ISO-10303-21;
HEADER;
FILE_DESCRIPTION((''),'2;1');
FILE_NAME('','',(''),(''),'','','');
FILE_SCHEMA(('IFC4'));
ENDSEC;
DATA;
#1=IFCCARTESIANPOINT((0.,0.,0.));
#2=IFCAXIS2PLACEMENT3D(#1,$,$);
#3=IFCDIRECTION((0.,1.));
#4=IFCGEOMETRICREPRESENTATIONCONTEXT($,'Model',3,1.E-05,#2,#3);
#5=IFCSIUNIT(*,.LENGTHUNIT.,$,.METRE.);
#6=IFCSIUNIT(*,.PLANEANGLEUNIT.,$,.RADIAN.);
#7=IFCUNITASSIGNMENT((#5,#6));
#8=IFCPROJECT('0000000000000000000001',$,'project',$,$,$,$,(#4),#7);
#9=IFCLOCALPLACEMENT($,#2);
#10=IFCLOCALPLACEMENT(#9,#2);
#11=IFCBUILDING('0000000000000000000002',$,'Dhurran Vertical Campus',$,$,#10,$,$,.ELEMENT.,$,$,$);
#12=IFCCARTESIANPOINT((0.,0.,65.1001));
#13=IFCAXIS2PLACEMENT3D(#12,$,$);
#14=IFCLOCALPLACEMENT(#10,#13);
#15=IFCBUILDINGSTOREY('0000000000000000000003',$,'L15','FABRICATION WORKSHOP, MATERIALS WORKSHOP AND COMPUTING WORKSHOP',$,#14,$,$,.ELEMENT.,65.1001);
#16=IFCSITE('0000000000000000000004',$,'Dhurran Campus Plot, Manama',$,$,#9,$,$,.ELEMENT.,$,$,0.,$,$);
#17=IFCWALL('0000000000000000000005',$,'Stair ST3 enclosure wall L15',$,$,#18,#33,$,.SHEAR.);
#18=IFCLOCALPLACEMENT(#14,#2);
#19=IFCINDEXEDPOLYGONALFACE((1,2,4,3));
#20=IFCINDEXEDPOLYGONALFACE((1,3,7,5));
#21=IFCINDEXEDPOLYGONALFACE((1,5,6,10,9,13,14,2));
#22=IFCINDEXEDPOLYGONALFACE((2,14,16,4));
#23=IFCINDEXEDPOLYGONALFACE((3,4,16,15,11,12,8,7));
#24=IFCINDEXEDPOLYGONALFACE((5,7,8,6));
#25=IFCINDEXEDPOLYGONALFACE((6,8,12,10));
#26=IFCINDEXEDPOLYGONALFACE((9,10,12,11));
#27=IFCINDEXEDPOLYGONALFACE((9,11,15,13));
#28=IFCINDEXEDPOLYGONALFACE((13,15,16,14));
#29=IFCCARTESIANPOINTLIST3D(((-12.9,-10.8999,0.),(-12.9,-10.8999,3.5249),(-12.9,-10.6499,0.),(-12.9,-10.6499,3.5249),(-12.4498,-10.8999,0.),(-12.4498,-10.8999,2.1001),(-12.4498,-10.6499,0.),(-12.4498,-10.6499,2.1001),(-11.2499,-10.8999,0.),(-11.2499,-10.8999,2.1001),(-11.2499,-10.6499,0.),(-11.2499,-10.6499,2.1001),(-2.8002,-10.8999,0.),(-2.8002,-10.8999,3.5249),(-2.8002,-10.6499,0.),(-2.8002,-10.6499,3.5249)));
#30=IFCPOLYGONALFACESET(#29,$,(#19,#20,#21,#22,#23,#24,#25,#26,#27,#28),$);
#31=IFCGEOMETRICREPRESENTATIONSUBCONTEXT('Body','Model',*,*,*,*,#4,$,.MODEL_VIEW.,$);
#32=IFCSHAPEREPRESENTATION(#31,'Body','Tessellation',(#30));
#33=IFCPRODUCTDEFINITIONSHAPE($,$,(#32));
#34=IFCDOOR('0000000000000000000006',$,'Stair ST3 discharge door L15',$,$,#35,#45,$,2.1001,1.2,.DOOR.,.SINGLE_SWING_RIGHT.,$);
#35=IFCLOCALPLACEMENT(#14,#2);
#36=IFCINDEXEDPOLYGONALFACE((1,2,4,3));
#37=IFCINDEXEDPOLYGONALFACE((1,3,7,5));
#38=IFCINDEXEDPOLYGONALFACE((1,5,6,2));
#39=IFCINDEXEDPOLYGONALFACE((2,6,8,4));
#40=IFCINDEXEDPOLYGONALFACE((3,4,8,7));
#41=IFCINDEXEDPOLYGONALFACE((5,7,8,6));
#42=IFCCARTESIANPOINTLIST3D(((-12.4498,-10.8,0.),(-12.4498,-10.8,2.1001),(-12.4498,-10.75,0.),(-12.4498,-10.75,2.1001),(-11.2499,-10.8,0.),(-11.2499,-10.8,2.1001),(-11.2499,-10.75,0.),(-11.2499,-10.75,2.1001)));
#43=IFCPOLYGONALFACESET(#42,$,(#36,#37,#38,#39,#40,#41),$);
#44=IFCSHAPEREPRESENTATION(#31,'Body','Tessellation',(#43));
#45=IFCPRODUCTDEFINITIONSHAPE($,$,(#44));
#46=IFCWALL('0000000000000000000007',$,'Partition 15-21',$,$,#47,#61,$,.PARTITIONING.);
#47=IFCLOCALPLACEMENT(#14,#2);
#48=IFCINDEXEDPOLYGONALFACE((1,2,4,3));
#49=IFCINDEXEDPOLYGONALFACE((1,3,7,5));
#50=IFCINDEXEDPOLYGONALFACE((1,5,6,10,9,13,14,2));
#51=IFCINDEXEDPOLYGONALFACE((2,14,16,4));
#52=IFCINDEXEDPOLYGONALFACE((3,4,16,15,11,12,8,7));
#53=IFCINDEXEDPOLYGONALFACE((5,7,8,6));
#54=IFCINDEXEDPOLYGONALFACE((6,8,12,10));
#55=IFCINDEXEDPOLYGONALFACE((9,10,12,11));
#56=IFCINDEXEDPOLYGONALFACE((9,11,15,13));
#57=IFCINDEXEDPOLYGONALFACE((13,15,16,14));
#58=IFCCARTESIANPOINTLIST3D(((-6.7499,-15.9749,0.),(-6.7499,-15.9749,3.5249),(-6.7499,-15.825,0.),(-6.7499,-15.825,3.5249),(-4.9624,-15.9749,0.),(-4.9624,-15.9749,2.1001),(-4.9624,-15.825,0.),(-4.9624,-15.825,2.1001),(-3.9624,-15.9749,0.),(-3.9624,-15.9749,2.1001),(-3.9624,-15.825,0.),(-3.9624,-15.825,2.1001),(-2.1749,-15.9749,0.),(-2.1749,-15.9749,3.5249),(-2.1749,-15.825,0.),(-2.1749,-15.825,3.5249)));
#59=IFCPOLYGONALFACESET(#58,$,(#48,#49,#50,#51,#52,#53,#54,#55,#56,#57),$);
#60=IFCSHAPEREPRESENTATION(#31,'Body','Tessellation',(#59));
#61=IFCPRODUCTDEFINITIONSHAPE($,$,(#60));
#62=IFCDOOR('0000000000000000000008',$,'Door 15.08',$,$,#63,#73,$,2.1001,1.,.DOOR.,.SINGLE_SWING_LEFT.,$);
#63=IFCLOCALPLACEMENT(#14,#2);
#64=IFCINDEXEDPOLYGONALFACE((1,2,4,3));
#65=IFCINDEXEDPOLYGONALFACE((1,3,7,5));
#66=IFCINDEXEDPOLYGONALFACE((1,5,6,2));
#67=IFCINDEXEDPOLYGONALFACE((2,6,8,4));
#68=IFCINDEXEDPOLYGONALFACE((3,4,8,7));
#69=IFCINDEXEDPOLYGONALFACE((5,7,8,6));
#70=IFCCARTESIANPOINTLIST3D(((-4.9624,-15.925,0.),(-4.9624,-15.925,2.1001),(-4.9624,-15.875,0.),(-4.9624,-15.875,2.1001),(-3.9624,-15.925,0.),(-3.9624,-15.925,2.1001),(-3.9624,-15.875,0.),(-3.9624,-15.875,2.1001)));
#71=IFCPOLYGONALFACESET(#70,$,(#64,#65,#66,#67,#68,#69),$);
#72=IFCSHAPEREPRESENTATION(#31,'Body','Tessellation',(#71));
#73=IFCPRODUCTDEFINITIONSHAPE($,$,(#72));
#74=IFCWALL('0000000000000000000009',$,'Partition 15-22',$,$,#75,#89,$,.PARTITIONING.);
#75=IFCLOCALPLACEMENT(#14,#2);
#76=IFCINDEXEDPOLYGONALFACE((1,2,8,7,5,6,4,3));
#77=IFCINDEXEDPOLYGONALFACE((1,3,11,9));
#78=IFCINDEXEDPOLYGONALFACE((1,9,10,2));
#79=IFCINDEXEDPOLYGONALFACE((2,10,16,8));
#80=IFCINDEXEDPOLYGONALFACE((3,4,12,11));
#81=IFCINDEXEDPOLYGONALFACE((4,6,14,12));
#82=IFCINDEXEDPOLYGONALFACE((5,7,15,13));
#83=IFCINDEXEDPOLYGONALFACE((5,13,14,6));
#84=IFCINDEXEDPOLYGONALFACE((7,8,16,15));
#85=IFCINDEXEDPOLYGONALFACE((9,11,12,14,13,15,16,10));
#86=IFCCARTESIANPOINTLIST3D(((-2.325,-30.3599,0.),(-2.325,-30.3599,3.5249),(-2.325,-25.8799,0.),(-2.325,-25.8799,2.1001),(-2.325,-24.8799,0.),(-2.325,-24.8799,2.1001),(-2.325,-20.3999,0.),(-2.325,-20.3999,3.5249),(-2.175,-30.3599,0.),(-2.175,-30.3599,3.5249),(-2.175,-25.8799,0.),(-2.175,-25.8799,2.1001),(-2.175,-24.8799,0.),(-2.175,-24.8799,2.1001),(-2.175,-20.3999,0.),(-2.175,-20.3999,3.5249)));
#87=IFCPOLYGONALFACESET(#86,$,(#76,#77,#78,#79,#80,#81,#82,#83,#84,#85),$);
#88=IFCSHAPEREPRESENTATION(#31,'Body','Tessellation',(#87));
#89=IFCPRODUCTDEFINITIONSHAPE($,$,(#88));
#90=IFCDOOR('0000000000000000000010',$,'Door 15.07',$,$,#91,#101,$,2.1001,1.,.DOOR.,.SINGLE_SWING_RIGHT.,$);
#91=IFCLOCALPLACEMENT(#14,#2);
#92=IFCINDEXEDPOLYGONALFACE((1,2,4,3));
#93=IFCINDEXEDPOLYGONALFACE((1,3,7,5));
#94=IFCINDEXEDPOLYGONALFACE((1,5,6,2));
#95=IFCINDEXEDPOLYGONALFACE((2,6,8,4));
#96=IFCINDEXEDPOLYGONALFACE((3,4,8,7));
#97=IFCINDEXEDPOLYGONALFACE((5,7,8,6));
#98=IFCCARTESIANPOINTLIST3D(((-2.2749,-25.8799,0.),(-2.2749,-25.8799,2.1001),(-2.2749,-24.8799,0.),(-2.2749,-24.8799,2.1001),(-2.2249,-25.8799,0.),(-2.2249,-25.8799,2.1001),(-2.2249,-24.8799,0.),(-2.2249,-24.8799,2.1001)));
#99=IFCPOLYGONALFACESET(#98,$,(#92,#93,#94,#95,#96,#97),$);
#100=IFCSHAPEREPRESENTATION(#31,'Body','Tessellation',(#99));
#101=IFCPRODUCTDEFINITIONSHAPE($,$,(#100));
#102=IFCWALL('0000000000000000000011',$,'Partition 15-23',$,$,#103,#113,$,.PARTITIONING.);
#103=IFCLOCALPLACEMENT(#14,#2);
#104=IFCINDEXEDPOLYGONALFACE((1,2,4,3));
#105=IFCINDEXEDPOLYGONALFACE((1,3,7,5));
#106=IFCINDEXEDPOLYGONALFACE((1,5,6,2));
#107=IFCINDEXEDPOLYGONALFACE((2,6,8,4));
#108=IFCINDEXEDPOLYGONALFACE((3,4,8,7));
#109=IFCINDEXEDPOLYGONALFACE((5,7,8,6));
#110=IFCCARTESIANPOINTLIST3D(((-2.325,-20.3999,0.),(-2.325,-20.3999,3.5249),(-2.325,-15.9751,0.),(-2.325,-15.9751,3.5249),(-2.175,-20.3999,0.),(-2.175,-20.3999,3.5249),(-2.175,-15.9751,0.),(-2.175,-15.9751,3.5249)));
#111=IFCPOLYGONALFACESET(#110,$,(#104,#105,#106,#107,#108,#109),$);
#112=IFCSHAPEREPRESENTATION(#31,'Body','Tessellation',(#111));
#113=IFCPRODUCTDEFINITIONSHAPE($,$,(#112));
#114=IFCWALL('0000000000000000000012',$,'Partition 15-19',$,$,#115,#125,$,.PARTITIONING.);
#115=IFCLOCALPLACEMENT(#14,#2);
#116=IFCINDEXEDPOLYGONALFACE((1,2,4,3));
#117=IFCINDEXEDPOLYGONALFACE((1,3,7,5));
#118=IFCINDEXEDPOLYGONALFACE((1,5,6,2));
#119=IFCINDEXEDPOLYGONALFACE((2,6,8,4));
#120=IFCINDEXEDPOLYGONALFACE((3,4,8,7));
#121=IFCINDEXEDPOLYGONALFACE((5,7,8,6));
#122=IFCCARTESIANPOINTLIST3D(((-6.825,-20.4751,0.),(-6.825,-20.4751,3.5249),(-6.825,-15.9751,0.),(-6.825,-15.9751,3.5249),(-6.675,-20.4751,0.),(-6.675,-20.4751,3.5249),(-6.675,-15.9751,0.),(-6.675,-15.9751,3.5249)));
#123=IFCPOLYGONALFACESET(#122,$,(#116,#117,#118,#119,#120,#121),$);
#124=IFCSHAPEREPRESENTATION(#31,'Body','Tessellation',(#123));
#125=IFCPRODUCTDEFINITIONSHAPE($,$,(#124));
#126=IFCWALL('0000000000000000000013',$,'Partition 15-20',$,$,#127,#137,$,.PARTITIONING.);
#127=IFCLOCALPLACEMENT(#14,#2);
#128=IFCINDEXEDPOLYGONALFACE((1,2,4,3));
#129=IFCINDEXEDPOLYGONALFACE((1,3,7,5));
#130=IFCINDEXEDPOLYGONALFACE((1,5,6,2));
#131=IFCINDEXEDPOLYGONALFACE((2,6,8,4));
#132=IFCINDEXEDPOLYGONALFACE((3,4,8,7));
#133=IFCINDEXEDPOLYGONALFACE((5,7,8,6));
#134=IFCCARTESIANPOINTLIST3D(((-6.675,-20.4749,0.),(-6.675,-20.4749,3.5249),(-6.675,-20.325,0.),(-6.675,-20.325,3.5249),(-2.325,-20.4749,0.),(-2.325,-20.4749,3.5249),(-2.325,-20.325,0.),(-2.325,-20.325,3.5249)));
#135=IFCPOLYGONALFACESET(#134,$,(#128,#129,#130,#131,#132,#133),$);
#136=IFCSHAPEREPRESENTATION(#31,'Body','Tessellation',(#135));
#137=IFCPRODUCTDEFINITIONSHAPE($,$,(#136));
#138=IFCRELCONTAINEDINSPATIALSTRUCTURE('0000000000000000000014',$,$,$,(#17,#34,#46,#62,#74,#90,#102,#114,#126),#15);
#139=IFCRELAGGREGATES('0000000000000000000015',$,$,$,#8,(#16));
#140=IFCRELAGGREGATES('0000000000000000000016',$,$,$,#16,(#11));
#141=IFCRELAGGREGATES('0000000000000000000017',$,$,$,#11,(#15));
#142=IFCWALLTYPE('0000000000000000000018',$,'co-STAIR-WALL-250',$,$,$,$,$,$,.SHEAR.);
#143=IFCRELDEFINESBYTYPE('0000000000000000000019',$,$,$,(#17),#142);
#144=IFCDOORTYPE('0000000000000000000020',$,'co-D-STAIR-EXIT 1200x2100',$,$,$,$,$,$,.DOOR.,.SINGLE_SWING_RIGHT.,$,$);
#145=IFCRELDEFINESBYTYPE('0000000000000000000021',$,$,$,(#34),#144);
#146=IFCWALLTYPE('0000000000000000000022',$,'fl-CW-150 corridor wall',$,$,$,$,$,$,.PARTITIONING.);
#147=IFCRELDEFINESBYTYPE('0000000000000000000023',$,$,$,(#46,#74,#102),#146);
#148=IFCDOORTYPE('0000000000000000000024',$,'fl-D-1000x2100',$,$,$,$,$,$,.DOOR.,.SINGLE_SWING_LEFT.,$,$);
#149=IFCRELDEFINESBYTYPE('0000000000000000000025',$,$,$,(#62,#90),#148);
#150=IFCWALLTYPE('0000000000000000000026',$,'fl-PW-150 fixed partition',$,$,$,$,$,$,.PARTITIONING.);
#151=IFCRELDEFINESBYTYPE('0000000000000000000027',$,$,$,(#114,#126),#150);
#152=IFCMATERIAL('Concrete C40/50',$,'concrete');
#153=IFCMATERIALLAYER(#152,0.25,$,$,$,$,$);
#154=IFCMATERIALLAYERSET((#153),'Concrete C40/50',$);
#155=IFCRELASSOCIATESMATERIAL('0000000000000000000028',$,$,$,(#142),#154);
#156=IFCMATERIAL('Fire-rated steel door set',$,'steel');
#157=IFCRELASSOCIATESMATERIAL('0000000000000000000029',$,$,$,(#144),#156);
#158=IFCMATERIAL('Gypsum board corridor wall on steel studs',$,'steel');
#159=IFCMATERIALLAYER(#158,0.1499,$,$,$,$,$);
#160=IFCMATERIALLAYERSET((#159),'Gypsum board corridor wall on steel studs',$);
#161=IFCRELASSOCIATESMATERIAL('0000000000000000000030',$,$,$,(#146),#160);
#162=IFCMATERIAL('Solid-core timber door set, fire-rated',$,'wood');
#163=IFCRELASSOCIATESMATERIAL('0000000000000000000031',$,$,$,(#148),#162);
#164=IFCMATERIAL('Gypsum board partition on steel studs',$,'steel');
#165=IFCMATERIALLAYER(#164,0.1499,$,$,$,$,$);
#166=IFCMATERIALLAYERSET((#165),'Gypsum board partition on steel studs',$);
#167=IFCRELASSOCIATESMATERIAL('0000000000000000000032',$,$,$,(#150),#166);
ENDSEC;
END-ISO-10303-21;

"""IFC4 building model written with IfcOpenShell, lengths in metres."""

from ifc_helpers import new_model, si_unit, direction, frame, frame_2d, origin, place, context, subcontext, project, spatial, rectangle, extrude, material, layer, layer_set, type_object, element, fill, save


model = new_model("IFC4")

# Units and contexts
model_context = context("Model", 3, precision=1e-05, world=origin(), true_north=direction((0.0, 1.0)))
body_context = subcontext(model_context, "Body", "Model", "MODEL_VIEW")
ifc_project = project(units=[si_unit("LENGTHUNIT", "METRE"), si_unit("PLANEANGLEUNIT", "RADIAN")], contexts=[model_context])

# Site, building, storey
site_placement = place(None, origin())
site = spatial("IfcSite", under=ifc_project, at=site_placement, Name="Dhurran Campus Plot, Manama", CompositionType="ELEMENT", RefElevation=0.0)
building_placement = place(site_placement, origin())
building = spatial("IfcBuilding", under=site, at=building_placement, Name="Dhurran Vertical Campus", CompositionType="ELEMENT")
storey_placement = place(building_placement, frame((0.0, 0.0, 65.1001)))
storey = spatial("IfcBuildingStorey", under=building, at=storey_placement, Name="L15", Description="FABRICATION WORKSHOP, MATERIALS WORKSHOP AND COMPUTING WORKSHOP", CompositionType="ELEMENT", Elevation=65.1001)

# Walls, openings, doors
ifc_material_1 = material(Name="Concrete C40/50", Category="concrete")
ifc_layer_1 = layer(ifc_material_1, 0.25)
ifc_layer_set_1 = layer_set([ifc_layer_1], Name="Concrete C40/50")
wall_type_1 = type_object("IfcWallType", Name="co-STAIR-WALL-250", PredefinedType="SHEAR", material=ifc_layer_set_1)
wall_1_placement = place(storey_placement, frame((-12.8999, -10.7749, 0.0), z_axis=(0.0, 0.0, 1.0), x_axis=(1.0, 0.0, 0.0)))
wall_1 = element("IfcWall", 1, at=wall_1_placement, inside=storey, type_object=wall_type_1, Name="Stair ST3 enclosure wall L15", PredefinedType="SHEAR", context=body_context, shape_type="SweptSolid", body=[
    extrude(rectangle(XDim=10.0999, YDim=0.25, at=frame_2d((5.0498, 0.0))), origin(), (0.0, 0.0, 1.0), 3.5249),
])
opening_1_placement = place(wall_1_placement, frame((0.45, 0.0, 0.0)))
opening_1 = element("IfcOpeningElement", 2, at=opening_1_placement, cuts=wall_1, PredefinedType="OPENING", context=body_context, shape_type="SweptSolid", body=[
    extrude(rectangle(XDim=1.2, YDim=2.1001, at=frame_2d((0.6001, 1.05))), frame((0.0, 0.135, 0.0), z_axis=(0.0, -1.0, 0.0), x_axis=(1.0, 0.0, 0.0)), (0.0, 0.0, 1.0), 0.27),
])
ifc_material_2 = material(Name="Fire-rated steel door set", Category="steel")
door_type_1 = type_object("IfcDoorType", Name="co-D-STAIR-EXIT 1200x2100", OperationType="SINGLE_SWING_RIGHT", PredefinedType="DOOR", material=ifc_material_2)
door_1_placement = place(opening_1_placement, origin())
door_1 = element("IfcDoor", 3, at=door_1_placement, inside=storey, type_object=door_type_1, Name="Stair ST3 discharge door L15", OperationType="SINGLE_SWING_RIGHT", OverallHeight=2.1001, OverallWidth=1.2, PredefinedType="DOOR", context=body_context, shape_type="SweptSolid", body=[
    extrude(rectangle(XDim=1.2, YDim=2.1001, at=frame_2d((0.6001, 1.05))), frame((0.0, 0.0249, 0.0), z_axis=(0.0, -1.0, 0.0), x_axis=(1.0, 0.0, 0.0)), (0.0, 0.0, 1.0), 0.05),
])
fill(opening_1, door_1)
ifc_material_3 = material(Name="Gypsum board corridor wall on steel studs", Category="steel")
ifc_layer_2 = layer(ifc_material_3, 0.1499)
ifc_layer_set_2 = layer_set([ifc_layer_2], Name="Gypsum board corridor wall on steel studs")
wall_type_2 = type_object("IfcWallType", Name="fl-CW-150 corridor wall", PredefinedType="PARTITIONING", material=ifc_layer_set_2)
wall_2_placement = place(storey_placement, frame((-6.75, -15.8999, 0.0), z_axis=(0.0, 0.0, 1.0), x_axis=(1.0, 0.0, 0.0)))
wall_2 = element("IfcWall", 4, at=wall_2_placement, inside=storey, type_object=wall_type_2, Name="Partition 15-21", PredefinedType="PARTITIONING", context=body_context, shape_type="SweptSolid", body=[
    extrude(rectangle(XDim=4.575, YDim=0.1499, at=frame_2d((2.2876, 0.0))), origin(), (0.0, 0.0, 1.0), 3.5249),
])
opening_2_placement = place(wall_2_placement, frame((1.7876, 0.0, 0.0)))
opening_2 = element("IfcOpeningElement", 5, at=opening_2_placement, cuts=wall_2, PredefinedType="OPENING", context=body_context, shape_type="SweptSolid", body=[
    extrude(rectangle(XDim=1.0, YDim=2.1001, at=frame_2d((0.5, 1.05))), frame((0.0, 0.085, 0.0), z_axis=(0.0, -1.0, 0.0), x_axis=(1.0, 0.0, 0.0)), (0.0, 0.0, 1.0), 0.1699),
])
ifc_material_4 = material(Name="Solid-core timber door set, fire-rated", Category="wood")
door_type_2 = type_object("IfcDoorType", Name="fl-D-1000x2100", OperationType="SINGLE_SWING_LEFT", PredefinedType="DOOR", material=ifc_material_4)
door_2_placement = place(opening_2_placement, origin())
door_2 = element("IfcDoor", 6, at=door_2_placement, inside=storey, type_object=door_type_2, Name="Door 15.08", OperationType="SINGLE_SWING_LEFT", OverallHeight=2.1001, OverallWidth=1.0, PredefinedType="DOOR", context=body_context, shape_type="SweptSolid", body=[
    extrude(rectangle(XDim=1.0, YDim=2.1001, at=frame_2d((0.5, 1.05))), frame((0.0, 0.0249, 0.0), z_axis=(0.0, -1.0, 0.0), x_axis=(1.0, 0.0, 0.0)), (0.0, 0.0, 1.0), 0.05),
])
fill(opening_2, door_2)
wall_3_placement = place(storey_placement, frame((-2.25, -30.3599, 0.0), z_axis=(0.0, 0.0, 1.0), x_axis=(0.0, 1.0, 0.0)))
wall_3 = element("IfcWall", 7, at=wall_3_placement, inside=storey, type_object=wall_type_2, Name="Partition 15-22", PredefinedType="PARTITIONING", context=body_context, shape_type="SweptSolid", body=[
    extrude(rectangle(XDim=9.96, YDim=0.1499, at=frame_2d((4.98, 0.0))), origin(), (0.0, 0.0, 1.0), 3.5249),
])
opening_3_placement = place(wall_3_placement, frame((4.48, 0.0, 0.0)))
opening_3 = element("IfcOpeningElement", 8, at=opening_3_placement, cuts=wall_3, PredefinedType="OPENING", context=body_context, shape_type="SweptSolid", body=[
    extrude(rectangle(XDim=1.0, YDim=2.1001, at=frame_2d((0.5, 1.05))), frame((0.0, 0.085, 0.0), z_axis=(0.0, -1.0, 0.0), x_axis=(1.0, 0.0, 0.0)), (0.0, 0.0, 1.0), 0.1699),
])
door_3_placement = place(opening_3_placement, origin())
door_3 = element("IfcDoor", 9, at=door_3_placement, inside=storey, type_object=door_type_2, Name="Door 15.07", OperationType="SINGLE_SWING_RIGHT", OverallHeight=2.1001, OverallWidth=1.0, PredefinedType="DOOR", context=body_context, shape_type="SweptSolid", body=[
    extrude(rectangle(XDim=1.0, YDim=2.1001, at=frame_2d((0.5, 1.05))), frame((0.0, 0.0249, 0.0), z_axis=(0.0, -1.0, 0.0), x_axis=(1.0, 0.0, 0.0)), (0.0, 0.0, 1.0), 0.05),
])
fill(opening_3, door_3)

# Walls
wall_4_placement = place(storey_placement, frame((-2.25, -20.3999, 0.0), z_axis=(0.0, 0.0, 1.0), x_axis=(0.0, 1.0, 0.0)))
element("IfcWall", 10, at=wall_4_placement, inside=storey, type_object=wall_type_2, Name="Partition 15-23", PredefinedType="PARTITIONING", context=body_context, shape_type="SweptSolid", body=[
    extrude(rectangle(XDim=4.4248, YDim=0.1499, at=frame_2d((2.2124, 0.0))), origin(), (0.0, 0.0, 1.0), 3.5249),
])
ifc_material_5 = material(Name="Gypsum board partition on steel studs", Category="steel")
ifc_layer_3 = layer(ifc_material_5, 0.1499)
ifc_layer_set_3 = layer_set([ifc_layer_3], Name="Gypsum board partition on steel studs")
wall_type_3 = type_object("IfcWallType", Name="fl-PW-150 fixed partition", PredefinedType="PARTITIONING", material=ifc_layer_set_3)
wall_5_placement = place(storey_placement, frame((-6.75, -15.9751, 0.0), z_axis=(0.0, 0.0, 1.0), x_axis=(0.0, -1.0, 0.0)))
element("IfcWall", 11, at=wall_5_placement, inside=storey, type_object=wall_type_3, Name="Partition 15-19", PredefinedType="PARTITIONING", context=body_context, shape_type="SweptSolid", body=[
    extrude(rectangle(XDim=4.5, YDim=0.1499, at=frame_2d((2.25, 0.0))), origin(), (0.0, 0.0, 1.0), 3.5249),
])
wall_6_placement = place(storey_placement, frame((-6.675, -20.3999, 0.0), z_axis=(0.0, 0.0, 1.0), x_axis=(1.0, 0.0, 0.0)))
element("IfcWall", 12, at=wall_6_placement, inside=storey, type_object=wall_type_3, Name="Partition 15-20", PredefinedType="PARTITIONING", context=body_context, shape_type="SweptSolid", body=[
    extrude(rectangle(XDim=4.3501, YDim=0.1499, at=frame_2d((2.175, 0.0))), origin(), (0.0, 0.0, 1.0), 3.5249),
])

save(model, "model.ifc")
